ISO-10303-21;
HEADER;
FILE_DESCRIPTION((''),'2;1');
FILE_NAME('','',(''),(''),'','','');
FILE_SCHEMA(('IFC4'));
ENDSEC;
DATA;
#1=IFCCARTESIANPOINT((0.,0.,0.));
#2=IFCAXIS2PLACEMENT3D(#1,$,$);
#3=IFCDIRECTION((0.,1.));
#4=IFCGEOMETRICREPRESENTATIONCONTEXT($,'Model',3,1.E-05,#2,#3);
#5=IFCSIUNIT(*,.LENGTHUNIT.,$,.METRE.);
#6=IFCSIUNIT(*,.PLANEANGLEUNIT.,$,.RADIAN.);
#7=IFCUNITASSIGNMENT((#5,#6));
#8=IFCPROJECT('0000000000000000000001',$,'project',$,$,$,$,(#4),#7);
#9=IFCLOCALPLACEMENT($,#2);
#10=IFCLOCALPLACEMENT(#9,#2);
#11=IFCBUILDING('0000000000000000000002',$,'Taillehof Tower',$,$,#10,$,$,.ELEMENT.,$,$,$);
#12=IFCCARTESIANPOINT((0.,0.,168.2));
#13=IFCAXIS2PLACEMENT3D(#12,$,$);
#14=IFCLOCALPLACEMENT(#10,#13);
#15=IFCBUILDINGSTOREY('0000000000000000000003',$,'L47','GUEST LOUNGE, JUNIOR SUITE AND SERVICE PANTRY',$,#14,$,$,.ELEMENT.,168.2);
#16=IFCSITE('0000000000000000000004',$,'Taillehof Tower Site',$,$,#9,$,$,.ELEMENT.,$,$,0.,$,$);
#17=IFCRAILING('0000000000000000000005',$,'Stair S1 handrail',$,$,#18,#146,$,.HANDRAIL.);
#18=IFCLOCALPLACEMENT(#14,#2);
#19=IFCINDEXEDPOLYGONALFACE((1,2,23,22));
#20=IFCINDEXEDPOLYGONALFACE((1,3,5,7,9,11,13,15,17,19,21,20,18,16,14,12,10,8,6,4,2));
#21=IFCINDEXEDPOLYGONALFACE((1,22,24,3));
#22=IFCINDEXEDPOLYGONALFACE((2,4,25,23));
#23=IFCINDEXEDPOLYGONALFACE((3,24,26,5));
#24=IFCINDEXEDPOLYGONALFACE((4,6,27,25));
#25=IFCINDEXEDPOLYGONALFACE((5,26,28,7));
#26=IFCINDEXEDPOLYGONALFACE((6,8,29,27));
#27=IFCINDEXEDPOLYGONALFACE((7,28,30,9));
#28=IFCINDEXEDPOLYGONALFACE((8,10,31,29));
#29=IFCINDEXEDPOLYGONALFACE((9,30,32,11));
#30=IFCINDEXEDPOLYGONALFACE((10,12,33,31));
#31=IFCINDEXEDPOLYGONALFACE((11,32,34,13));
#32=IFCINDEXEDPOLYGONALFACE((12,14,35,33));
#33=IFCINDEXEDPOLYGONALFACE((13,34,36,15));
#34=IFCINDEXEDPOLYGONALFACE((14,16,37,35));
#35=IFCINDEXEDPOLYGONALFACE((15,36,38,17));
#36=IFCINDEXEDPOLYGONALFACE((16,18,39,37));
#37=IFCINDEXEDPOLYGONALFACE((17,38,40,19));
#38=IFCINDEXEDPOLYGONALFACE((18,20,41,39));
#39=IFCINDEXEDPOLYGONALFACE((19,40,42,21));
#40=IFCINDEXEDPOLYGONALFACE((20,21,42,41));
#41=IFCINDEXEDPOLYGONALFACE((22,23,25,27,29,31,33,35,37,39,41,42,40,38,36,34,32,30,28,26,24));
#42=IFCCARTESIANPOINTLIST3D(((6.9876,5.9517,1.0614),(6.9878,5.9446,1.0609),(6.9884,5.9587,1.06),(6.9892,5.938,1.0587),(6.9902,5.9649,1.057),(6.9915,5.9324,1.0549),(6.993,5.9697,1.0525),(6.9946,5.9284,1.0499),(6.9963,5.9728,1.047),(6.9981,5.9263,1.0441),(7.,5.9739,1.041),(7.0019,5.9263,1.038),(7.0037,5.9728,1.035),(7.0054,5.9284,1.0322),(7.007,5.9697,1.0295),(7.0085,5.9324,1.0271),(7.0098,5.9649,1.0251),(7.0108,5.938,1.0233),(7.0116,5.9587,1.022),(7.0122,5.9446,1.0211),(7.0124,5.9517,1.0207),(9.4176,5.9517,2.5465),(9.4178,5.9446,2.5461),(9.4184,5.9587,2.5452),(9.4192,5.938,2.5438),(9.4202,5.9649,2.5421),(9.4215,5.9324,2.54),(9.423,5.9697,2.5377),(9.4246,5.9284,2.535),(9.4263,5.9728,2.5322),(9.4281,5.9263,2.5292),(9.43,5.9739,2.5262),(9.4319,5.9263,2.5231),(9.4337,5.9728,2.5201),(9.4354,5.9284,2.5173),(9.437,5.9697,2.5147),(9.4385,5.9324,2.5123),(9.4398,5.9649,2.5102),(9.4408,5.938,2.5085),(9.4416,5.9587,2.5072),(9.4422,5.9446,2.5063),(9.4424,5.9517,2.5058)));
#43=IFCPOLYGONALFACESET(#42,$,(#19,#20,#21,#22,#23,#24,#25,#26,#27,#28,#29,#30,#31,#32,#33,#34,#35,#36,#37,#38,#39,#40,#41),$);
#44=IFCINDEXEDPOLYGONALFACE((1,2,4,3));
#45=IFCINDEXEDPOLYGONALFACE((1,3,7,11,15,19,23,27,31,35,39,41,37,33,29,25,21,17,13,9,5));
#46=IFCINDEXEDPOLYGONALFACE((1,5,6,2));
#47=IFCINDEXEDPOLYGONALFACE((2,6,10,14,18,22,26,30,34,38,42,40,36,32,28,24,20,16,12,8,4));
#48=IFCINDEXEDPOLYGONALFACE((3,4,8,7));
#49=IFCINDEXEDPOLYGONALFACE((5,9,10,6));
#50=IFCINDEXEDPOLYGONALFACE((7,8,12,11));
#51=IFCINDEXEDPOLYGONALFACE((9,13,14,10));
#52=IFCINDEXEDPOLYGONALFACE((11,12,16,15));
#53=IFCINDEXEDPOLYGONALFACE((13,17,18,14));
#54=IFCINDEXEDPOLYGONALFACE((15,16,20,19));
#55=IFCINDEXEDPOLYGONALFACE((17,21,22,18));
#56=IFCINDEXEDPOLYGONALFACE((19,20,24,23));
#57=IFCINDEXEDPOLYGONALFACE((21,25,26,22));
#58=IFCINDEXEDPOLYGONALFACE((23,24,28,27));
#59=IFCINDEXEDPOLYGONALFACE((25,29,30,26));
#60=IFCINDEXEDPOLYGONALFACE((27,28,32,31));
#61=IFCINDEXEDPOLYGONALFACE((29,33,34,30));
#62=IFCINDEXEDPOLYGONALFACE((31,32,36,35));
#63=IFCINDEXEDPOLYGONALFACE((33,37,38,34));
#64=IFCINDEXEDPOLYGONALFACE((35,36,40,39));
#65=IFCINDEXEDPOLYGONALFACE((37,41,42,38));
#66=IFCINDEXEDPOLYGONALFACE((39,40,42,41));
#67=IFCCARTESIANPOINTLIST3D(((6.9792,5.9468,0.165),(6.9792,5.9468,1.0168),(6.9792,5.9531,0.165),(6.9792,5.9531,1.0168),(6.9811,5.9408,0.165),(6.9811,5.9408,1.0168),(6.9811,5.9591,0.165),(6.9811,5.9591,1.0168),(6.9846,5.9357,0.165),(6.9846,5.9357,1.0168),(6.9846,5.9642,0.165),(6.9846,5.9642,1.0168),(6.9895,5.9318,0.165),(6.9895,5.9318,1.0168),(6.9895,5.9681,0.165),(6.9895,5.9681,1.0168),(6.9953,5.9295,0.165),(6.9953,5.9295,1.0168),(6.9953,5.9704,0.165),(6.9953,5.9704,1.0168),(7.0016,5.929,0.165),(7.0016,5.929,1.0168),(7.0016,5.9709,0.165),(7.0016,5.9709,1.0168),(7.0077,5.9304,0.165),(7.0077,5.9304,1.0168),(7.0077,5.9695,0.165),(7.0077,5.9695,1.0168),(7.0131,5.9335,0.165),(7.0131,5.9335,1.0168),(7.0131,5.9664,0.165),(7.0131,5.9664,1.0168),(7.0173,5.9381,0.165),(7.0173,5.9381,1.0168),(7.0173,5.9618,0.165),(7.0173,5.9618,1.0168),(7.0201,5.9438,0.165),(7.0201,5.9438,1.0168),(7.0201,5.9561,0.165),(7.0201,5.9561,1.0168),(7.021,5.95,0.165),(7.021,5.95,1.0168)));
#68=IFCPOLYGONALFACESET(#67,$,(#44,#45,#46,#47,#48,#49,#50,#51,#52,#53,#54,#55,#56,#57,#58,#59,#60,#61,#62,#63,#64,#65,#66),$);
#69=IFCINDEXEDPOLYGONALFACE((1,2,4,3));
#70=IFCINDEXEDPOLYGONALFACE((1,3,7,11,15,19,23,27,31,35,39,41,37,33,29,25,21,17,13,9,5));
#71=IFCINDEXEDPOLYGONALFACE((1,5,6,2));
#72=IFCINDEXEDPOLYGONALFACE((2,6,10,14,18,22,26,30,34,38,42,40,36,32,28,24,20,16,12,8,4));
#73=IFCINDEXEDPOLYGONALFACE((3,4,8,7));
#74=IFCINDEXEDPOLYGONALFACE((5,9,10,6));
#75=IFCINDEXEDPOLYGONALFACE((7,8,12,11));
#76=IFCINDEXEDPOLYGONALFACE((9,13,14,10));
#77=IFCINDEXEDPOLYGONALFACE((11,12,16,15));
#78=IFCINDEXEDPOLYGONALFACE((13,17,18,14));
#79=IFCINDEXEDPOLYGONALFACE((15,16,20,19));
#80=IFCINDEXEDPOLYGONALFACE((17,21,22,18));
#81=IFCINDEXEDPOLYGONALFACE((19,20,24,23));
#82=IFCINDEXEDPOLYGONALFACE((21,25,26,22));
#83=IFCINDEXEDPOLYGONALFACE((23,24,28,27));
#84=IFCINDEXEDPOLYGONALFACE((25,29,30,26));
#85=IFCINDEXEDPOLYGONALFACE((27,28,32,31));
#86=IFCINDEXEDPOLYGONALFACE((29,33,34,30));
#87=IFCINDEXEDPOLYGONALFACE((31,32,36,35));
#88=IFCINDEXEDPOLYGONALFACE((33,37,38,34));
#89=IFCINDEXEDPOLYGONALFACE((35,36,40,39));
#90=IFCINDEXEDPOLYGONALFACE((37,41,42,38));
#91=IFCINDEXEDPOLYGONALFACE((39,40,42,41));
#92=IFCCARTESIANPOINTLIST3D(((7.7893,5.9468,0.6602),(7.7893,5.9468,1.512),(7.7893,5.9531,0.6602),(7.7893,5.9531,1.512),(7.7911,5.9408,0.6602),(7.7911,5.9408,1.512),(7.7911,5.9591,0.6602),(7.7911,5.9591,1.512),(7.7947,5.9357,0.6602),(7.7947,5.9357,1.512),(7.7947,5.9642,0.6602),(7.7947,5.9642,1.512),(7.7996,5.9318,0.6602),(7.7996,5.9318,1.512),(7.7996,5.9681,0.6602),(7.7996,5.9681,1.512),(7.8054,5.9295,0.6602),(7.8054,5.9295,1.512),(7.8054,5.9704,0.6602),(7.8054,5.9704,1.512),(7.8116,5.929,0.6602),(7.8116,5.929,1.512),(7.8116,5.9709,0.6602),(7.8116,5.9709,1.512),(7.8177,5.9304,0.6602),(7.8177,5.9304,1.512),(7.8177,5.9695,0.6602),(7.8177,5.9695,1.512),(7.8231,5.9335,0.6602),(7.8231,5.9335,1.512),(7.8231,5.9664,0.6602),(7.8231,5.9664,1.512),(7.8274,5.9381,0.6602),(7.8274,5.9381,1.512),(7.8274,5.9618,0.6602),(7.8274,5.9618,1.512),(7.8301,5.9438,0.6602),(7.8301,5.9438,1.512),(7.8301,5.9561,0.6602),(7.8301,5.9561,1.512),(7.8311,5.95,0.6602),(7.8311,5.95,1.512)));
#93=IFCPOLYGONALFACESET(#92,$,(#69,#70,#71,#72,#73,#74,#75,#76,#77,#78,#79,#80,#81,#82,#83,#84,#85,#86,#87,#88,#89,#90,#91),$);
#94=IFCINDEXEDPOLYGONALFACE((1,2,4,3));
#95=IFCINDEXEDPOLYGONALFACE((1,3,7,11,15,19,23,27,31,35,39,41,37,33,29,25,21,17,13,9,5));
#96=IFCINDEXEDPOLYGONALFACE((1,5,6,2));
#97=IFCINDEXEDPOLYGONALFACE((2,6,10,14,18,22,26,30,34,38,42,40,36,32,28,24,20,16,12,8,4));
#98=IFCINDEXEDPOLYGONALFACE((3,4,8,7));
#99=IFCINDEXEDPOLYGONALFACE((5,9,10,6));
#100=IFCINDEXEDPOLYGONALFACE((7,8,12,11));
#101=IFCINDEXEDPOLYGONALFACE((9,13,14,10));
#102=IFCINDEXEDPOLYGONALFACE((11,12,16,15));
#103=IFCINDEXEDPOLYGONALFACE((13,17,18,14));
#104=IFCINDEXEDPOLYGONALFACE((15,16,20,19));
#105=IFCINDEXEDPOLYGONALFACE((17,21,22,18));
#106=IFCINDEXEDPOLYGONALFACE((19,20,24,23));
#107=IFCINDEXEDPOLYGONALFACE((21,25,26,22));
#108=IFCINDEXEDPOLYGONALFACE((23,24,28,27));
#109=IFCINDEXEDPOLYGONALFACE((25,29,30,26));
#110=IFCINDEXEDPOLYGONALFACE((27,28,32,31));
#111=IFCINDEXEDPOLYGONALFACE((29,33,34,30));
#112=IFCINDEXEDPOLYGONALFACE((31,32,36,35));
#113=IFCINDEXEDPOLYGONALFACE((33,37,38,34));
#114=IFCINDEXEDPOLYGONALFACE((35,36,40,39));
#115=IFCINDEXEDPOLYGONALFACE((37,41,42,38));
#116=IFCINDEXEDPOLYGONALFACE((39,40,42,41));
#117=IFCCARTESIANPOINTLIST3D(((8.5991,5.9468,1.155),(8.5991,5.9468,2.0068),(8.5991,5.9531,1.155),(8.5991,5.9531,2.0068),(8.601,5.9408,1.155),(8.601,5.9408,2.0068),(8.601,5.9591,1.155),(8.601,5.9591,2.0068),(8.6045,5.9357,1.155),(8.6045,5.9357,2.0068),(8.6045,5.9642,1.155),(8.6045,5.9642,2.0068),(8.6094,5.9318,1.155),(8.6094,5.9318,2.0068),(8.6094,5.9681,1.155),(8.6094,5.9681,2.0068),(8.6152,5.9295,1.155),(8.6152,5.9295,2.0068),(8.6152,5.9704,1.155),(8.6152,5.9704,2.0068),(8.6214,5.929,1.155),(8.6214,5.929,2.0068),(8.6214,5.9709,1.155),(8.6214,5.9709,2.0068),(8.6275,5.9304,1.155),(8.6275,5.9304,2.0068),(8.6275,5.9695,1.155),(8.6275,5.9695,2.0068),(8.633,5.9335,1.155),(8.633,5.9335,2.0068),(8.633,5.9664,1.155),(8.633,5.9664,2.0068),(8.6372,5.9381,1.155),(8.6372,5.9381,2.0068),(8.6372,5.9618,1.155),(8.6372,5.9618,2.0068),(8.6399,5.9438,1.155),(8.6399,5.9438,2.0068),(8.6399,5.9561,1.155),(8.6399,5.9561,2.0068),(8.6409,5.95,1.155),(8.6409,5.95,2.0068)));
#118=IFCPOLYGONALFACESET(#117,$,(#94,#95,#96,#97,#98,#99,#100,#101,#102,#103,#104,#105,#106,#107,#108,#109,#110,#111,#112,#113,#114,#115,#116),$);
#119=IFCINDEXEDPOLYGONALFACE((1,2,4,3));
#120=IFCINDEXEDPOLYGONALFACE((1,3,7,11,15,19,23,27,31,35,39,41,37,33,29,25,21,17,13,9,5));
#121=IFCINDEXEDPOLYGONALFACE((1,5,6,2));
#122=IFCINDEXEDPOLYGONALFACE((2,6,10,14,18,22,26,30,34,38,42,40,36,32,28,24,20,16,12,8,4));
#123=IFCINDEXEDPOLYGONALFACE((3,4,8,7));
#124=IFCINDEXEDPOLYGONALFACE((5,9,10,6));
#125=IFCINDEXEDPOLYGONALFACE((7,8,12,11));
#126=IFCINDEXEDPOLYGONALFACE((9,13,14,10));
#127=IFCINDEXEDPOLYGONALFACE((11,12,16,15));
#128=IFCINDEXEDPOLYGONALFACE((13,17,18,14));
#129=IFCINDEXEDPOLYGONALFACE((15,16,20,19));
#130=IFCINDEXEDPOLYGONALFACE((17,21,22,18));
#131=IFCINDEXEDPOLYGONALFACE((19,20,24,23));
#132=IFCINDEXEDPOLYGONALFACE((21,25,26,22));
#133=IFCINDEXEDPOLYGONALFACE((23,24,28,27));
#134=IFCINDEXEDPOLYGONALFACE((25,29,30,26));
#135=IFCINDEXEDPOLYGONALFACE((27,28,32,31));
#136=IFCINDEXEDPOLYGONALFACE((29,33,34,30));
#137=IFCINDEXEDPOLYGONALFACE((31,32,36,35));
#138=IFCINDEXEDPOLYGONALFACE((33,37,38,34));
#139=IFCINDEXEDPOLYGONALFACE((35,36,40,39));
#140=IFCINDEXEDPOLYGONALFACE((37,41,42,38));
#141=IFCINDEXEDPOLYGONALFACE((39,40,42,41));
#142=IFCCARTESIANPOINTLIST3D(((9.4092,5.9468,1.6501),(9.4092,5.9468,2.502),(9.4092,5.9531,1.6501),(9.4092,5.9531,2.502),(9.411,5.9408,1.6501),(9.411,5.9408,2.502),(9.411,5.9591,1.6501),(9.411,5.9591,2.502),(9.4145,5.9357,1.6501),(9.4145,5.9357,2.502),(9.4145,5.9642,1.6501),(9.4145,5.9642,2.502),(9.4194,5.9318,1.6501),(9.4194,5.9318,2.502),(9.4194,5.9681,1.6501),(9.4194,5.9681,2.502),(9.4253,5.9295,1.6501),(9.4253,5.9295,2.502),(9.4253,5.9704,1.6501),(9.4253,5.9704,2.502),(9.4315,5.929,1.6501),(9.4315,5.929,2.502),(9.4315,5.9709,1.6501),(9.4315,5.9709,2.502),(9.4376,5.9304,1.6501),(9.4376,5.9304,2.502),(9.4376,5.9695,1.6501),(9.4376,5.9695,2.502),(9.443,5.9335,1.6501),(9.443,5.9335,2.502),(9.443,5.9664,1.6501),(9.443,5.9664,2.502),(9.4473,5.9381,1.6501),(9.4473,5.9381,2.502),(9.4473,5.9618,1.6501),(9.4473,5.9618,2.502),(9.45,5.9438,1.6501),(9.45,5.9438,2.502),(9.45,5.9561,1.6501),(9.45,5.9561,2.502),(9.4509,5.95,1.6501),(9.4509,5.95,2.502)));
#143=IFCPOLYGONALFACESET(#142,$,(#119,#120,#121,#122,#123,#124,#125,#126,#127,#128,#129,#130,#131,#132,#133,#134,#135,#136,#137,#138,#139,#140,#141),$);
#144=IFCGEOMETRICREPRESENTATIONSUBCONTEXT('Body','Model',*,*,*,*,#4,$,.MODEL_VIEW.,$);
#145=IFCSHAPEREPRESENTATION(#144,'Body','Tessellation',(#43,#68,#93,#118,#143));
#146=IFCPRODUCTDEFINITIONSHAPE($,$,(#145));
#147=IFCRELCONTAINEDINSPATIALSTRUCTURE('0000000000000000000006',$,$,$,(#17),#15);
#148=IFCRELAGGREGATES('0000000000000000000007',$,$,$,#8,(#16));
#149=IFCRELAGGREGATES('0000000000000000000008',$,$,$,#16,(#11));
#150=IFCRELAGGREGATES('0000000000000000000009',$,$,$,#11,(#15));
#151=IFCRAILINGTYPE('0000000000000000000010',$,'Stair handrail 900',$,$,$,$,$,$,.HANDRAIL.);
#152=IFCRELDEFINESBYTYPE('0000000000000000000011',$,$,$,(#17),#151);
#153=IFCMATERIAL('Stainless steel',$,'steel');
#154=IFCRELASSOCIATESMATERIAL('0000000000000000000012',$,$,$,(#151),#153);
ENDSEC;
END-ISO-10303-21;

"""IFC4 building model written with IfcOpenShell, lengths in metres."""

from ifc_helpers import new_model, si_unit, direction, frame, origin, origin_2d, place, context, subcontext, project, spatial, circle, extrude, material, type_object, element, save


model = new_model("IFC4")

# Units and contexts
model_context = context("Model", 3, precision=1e-05, world=origin(), true_north=direction((0.0, 1.0)))
body_context = subcontext(model_context, "Body", "Model", "MODEL_VIEW")
ifc_project = project(units=[si_unit("LENGTHUNIT", "METRE"), si_unit("PLANEANGLEUNIT", "RADIAN")], contexts=[model_context])

# Site, building, storey
site_placement = place(None, origin())
site = spatial("IfcSite", under=ifc_project, at=site_placement, Name="Taillehof Tower Site", CompositionType="ELEMENT", RefElevation=0.0)
building_placement = place(site_placement, origin())
building = spatial("IfcBuilding", under=site, at=building_placement, Name="Taillehof Tower", CompositionType="ELEMENT")
storey_placement = place(building_placement, frame((0.0, 0.0, 168.2)))
storey = spatial("IfcBuildingStorey", under=building, at=storey_placement, Name="L47", Description="GUEST LOUNGE, JUNIOR SUITE AND SERVICE PANTRY", CompositionType="ELEMENT", Elevation=168.2)

# Railing
ifc_material_1 = material(Name="Stainless steel", Category="steel")
railing_type = type_object("IfcRailingType", Name="Stair handrail 900", PredefinedType="HANDRAIL", material=ifc_material_1)
railing_placement = place(storey_placement, frame((7.0, 5.95, 0.165)))
element("IfcRailing", 1, at=railing_placement, inside=storey, type_object=railing_type, Name="Stair S1 handrail", PredefinedType="HANDRAIL", context=body_context, shape_type="SweptSolid", body=[
    extrude(circle(Radius=0.0239, at=origin_2d()), frame((0.0, 0.0, 0.876), z_axis=(0.853259, 0.0, 0.521488), x_axis=(0.0, 1.0, 0.0)), (0.0, 0.0, 1.0), 2.8479),
    extrude(circle(Radius=0.021, at=origin_2d()), origin(), (0.0, 0.0, 1.0), 0.8518),
    extrude(circle(Radius=0.021, at=origin_2d()), frame((0.8101, 0.0, 0.4951)), (0.0, 0.0, 1.0), 0.8518),
    extrude(circle(Radius=0.021, at=origin_2d()), frame((1.6199, 0.0, 0.99)), (0.0, 0.0, 1.0), 0.8518),
    extrude(circle(Radius=0.021, at=origin_2d()), frame((2.4299, 0.0, 1.4851)), (0.0, 0.0, 1.0), 0.8518),
])

save(model, "model.ifc")
